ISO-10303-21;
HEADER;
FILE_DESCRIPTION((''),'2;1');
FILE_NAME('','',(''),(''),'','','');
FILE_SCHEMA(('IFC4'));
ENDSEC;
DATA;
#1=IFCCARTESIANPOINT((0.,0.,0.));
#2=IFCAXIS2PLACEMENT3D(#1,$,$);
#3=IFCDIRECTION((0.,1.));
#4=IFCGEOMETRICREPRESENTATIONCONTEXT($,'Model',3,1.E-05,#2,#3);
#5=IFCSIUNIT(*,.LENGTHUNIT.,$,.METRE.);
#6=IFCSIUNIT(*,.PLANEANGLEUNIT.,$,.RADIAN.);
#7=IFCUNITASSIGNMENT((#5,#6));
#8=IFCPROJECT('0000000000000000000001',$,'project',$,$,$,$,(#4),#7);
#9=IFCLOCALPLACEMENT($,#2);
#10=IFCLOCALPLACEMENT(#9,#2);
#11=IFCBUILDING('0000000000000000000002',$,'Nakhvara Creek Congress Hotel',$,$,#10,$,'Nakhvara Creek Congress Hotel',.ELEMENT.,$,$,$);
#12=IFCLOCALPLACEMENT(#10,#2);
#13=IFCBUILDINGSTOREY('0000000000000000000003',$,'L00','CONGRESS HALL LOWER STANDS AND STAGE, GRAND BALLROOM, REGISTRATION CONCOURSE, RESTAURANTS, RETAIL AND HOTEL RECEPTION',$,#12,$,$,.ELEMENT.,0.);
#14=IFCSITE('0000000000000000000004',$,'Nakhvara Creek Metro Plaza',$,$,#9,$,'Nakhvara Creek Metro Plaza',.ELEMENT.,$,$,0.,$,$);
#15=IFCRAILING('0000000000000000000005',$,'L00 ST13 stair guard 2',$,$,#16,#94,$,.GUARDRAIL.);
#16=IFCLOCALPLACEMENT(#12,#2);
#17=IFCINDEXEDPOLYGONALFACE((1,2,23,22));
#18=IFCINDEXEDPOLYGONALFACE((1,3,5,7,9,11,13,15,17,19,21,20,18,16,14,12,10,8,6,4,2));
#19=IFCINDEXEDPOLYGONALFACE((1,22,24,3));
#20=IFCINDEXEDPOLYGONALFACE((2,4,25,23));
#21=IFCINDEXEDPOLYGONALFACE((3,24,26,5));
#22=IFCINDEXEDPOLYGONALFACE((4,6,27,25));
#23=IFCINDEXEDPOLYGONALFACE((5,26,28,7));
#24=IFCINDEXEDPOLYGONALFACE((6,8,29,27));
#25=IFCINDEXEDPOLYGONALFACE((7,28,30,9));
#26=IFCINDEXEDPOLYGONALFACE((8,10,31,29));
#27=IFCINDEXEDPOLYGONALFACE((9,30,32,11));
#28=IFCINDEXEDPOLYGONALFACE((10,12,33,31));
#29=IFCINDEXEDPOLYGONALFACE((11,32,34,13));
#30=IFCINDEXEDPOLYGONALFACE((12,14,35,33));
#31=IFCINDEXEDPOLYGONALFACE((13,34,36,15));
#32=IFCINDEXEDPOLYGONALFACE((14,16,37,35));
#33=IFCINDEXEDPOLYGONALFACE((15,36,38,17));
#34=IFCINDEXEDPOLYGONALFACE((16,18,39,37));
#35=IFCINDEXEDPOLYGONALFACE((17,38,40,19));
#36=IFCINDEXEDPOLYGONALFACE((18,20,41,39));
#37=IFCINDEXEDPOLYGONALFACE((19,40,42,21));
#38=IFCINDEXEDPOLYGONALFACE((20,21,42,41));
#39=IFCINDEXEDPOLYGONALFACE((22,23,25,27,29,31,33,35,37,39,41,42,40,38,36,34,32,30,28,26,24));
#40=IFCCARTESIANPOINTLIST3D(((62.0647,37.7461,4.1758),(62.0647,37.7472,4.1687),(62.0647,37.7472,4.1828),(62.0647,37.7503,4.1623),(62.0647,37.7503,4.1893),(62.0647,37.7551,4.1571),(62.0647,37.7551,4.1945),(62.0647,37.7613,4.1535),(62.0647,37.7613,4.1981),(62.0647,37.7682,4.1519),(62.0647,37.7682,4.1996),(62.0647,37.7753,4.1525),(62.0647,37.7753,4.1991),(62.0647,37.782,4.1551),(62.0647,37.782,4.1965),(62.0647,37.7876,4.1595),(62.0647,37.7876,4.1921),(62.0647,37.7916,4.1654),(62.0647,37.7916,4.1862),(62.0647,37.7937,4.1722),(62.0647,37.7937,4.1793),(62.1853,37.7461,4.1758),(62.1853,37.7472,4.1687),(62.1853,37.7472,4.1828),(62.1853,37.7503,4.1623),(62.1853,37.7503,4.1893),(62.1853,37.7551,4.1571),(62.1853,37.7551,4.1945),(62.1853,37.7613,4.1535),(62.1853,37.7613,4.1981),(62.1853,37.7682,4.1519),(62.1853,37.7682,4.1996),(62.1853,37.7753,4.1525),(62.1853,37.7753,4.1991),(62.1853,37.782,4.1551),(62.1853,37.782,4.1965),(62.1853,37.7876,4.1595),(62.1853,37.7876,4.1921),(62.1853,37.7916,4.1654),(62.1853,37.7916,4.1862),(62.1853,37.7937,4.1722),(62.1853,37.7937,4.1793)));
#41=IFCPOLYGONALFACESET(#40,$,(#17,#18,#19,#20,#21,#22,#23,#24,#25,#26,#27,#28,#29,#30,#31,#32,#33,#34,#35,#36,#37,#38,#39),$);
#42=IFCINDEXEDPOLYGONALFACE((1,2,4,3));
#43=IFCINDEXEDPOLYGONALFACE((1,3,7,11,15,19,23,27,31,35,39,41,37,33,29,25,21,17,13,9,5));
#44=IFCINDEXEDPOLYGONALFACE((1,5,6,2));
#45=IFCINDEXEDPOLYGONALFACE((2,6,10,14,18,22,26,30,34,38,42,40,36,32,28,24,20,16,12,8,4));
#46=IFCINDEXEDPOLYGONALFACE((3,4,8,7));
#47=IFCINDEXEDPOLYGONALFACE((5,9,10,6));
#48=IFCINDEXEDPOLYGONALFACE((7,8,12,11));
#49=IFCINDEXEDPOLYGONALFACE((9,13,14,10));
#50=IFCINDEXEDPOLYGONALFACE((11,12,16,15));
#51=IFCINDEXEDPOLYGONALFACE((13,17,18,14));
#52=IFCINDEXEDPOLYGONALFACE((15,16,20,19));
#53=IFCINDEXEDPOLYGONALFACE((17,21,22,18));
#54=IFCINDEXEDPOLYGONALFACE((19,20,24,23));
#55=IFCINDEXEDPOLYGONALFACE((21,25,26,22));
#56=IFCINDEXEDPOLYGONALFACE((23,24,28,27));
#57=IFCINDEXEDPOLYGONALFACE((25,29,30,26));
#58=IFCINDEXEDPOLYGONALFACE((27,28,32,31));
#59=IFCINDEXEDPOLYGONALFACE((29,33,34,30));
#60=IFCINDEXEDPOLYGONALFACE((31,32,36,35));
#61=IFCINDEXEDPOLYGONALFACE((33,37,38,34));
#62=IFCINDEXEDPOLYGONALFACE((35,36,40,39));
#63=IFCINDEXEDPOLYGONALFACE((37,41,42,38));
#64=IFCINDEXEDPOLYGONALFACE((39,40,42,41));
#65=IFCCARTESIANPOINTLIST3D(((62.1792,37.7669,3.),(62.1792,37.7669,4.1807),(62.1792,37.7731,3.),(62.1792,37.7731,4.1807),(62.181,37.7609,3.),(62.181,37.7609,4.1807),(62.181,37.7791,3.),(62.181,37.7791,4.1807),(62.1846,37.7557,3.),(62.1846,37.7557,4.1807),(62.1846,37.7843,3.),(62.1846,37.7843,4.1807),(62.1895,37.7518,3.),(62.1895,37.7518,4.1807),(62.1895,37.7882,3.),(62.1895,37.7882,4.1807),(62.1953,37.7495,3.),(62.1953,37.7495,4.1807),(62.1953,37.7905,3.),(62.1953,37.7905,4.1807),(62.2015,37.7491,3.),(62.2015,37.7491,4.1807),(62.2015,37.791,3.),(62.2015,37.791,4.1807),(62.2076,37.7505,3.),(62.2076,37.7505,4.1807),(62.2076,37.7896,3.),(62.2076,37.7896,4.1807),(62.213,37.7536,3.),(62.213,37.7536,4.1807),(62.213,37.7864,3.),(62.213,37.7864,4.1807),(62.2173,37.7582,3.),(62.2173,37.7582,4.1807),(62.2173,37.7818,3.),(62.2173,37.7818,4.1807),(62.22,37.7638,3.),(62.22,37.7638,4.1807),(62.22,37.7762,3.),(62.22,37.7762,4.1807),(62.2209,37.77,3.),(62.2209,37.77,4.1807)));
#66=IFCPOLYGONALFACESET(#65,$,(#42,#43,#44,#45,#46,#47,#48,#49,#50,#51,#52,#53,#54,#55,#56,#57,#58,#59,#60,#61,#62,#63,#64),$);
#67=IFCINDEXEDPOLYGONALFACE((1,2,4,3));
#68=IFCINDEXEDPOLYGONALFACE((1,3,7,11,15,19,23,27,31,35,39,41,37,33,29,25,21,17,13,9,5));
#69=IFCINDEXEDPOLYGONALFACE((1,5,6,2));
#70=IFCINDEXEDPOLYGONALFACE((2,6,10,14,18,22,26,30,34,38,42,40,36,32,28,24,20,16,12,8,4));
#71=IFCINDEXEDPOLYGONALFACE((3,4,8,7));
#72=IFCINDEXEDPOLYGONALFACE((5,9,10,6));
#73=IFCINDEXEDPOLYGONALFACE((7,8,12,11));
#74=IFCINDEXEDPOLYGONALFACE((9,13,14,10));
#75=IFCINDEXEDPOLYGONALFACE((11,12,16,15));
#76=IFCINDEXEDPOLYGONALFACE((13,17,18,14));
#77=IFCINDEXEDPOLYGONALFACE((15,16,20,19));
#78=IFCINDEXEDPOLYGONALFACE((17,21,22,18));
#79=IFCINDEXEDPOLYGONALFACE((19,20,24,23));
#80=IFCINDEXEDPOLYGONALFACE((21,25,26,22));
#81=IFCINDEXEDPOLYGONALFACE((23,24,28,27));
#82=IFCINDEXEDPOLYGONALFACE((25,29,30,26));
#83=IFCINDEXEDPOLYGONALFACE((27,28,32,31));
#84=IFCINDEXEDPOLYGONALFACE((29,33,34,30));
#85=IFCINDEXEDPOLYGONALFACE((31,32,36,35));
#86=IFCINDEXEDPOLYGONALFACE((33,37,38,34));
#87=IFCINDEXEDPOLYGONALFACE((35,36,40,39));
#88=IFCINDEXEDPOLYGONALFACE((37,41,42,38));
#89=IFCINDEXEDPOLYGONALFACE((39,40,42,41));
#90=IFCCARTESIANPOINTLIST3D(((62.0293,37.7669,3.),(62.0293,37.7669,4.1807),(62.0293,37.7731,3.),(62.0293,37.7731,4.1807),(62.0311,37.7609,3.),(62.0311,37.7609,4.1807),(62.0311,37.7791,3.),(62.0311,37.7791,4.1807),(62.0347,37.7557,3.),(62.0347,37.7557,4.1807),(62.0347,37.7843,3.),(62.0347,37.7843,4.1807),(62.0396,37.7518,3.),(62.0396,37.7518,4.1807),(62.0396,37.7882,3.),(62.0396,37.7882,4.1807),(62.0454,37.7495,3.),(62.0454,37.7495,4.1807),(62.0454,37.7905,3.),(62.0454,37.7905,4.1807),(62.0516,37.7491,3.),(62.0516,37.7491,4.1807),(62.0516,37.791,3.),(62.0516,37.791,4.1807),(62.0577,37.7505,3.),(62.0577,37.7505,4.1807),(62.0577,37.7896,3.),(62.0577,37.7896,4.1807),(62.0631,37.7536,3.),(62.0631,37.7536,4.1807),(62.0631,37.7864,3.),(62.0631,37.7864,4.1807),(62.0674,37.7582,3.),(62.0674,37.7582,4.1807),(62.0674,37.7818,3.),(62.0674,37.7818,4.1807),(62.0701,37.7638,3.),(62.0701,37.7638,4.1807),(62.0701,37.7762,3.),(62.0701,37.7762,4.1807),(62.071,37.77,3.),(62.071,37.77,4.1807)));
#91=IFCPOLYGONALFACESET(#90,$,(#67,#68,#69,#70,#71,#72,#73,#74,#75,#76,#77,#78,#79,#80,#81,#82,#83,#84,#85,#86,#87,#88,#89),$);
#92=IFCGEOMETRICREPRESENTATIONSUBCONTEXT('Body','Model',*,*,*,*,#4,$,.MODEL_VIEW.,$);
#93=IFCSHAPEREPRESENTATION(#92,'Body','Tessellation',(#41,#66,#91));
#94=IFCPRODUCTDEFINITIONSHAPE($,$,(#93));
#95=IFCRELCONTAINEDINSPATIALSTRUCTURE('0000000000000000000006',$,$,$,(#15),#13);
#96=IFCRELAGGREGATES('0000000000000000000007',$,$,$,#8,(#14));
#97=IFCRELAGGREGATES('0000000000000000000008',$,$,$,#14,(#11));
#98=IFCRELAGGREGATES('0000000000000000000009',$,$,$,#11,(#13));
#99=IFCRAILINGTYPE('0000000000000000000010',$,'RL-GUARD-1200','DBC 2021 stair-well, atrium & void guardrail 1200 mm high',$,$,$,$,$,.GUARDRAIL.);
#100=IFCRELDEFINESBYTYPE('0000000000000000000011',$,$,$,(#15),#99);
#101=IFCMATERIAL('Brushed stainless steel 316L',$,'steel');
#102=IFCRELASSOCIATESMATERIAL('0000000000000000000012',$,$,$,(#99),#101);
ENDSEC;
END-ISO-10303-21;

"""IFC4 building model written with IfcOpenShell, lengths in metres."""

from ifc_helpers import new_model, si_unit, direction, frame, origin, origin_2d, place, context, subcontext, project, spatial, circle, extrude, material, type_object, element, save


model = new_model("IFC4")

# Units and contexts
model_context = context("Model", 3, precision=1e-05, world=origin(), true_north=direction((0.0, 1.0)))
body_context = subcontext(model_context, "Body", "Model", "MODEL_VIEW")
ifc_project = project(units=[si_unit("LENGTHUNIT", "METRE"), si_unit("PLANEANGLEUNIT", "RADIAN")], contexts=[model_context])

# Site, building, storey
site_placement = place(None, origin())
site = spatial("IfcSite", under=ifc_project, at=site_placement, Name="Nakhvara Creek Metro Plaza", LongName="Nakhvara Creek Metro Plaza", CompositionType="ELEMENT", RefElevation=0.0)
building_placement = place(site_placement, origin())
building = spatial("IfcBuilding", under=site, at=building_placement, Name="Nakhvara Creek Congress Hotel", LongName="Nakhvara Creek Congress Hotel", CompositionType="ELEMENT")
storey_placement = place(building_placement, origin())
storey = spatial("IfcBuildingStorey", under=building, at=storey_placement, Name="L00", Description="CONGRESS HALL LOWER STANDS AND STAGE, GRAND BALLROOM, REGISTRATION CONCOURSE, RESTAURANTS, RETAIL AND HOTEL RECEPTION", CompositionType="ELEMENT", Elevation=0.0)

# Railing
ifc_material_1 = material(Name="Brushed stainless steel 316L", Category="steel")
railing_type_1 = type_object("IfcRailingType", Name="RL-GUARD-1200", Description="DBC 2021 stair-well, atrium & void guardrail 1200 mm high", PredefinedType="GUARDRAIL", material=ifc_material_1)
railing_1_placement = place(storey_placement, frame((62.2, 37.77, 3.0)))
element("IfcRailing", 1, at=railing_1_placement, inside=storey, type_object=railing_type_1, Name="L00 ST13 stair guard 2", PredefinedType="GUARDRAIL", context=body_context, shape_type="SweptSolid", body=[
    extrude(circle(Radius=0.0239, at=origin_2d()), frame((-0.0146, 0.0, 1.1758), z_axis=(-1.0, 0.0, 0.0), x_axis=(0.0, -1.0, 0.0)), (0.0, 0.0, 1.0), 0.1206),
    extrude(circle(Radius=0.021, at=origin_2d()), origin(), (0.0, 0.0, 1.0), 1.1807),
    extrude(circle(Radius=0.021, at=origin_2d()), frame((-0.1499, 0.0, 0.0)), (0.0, 0.0, 1.0), 1.1807),
])

save(model, "model.ifc")
